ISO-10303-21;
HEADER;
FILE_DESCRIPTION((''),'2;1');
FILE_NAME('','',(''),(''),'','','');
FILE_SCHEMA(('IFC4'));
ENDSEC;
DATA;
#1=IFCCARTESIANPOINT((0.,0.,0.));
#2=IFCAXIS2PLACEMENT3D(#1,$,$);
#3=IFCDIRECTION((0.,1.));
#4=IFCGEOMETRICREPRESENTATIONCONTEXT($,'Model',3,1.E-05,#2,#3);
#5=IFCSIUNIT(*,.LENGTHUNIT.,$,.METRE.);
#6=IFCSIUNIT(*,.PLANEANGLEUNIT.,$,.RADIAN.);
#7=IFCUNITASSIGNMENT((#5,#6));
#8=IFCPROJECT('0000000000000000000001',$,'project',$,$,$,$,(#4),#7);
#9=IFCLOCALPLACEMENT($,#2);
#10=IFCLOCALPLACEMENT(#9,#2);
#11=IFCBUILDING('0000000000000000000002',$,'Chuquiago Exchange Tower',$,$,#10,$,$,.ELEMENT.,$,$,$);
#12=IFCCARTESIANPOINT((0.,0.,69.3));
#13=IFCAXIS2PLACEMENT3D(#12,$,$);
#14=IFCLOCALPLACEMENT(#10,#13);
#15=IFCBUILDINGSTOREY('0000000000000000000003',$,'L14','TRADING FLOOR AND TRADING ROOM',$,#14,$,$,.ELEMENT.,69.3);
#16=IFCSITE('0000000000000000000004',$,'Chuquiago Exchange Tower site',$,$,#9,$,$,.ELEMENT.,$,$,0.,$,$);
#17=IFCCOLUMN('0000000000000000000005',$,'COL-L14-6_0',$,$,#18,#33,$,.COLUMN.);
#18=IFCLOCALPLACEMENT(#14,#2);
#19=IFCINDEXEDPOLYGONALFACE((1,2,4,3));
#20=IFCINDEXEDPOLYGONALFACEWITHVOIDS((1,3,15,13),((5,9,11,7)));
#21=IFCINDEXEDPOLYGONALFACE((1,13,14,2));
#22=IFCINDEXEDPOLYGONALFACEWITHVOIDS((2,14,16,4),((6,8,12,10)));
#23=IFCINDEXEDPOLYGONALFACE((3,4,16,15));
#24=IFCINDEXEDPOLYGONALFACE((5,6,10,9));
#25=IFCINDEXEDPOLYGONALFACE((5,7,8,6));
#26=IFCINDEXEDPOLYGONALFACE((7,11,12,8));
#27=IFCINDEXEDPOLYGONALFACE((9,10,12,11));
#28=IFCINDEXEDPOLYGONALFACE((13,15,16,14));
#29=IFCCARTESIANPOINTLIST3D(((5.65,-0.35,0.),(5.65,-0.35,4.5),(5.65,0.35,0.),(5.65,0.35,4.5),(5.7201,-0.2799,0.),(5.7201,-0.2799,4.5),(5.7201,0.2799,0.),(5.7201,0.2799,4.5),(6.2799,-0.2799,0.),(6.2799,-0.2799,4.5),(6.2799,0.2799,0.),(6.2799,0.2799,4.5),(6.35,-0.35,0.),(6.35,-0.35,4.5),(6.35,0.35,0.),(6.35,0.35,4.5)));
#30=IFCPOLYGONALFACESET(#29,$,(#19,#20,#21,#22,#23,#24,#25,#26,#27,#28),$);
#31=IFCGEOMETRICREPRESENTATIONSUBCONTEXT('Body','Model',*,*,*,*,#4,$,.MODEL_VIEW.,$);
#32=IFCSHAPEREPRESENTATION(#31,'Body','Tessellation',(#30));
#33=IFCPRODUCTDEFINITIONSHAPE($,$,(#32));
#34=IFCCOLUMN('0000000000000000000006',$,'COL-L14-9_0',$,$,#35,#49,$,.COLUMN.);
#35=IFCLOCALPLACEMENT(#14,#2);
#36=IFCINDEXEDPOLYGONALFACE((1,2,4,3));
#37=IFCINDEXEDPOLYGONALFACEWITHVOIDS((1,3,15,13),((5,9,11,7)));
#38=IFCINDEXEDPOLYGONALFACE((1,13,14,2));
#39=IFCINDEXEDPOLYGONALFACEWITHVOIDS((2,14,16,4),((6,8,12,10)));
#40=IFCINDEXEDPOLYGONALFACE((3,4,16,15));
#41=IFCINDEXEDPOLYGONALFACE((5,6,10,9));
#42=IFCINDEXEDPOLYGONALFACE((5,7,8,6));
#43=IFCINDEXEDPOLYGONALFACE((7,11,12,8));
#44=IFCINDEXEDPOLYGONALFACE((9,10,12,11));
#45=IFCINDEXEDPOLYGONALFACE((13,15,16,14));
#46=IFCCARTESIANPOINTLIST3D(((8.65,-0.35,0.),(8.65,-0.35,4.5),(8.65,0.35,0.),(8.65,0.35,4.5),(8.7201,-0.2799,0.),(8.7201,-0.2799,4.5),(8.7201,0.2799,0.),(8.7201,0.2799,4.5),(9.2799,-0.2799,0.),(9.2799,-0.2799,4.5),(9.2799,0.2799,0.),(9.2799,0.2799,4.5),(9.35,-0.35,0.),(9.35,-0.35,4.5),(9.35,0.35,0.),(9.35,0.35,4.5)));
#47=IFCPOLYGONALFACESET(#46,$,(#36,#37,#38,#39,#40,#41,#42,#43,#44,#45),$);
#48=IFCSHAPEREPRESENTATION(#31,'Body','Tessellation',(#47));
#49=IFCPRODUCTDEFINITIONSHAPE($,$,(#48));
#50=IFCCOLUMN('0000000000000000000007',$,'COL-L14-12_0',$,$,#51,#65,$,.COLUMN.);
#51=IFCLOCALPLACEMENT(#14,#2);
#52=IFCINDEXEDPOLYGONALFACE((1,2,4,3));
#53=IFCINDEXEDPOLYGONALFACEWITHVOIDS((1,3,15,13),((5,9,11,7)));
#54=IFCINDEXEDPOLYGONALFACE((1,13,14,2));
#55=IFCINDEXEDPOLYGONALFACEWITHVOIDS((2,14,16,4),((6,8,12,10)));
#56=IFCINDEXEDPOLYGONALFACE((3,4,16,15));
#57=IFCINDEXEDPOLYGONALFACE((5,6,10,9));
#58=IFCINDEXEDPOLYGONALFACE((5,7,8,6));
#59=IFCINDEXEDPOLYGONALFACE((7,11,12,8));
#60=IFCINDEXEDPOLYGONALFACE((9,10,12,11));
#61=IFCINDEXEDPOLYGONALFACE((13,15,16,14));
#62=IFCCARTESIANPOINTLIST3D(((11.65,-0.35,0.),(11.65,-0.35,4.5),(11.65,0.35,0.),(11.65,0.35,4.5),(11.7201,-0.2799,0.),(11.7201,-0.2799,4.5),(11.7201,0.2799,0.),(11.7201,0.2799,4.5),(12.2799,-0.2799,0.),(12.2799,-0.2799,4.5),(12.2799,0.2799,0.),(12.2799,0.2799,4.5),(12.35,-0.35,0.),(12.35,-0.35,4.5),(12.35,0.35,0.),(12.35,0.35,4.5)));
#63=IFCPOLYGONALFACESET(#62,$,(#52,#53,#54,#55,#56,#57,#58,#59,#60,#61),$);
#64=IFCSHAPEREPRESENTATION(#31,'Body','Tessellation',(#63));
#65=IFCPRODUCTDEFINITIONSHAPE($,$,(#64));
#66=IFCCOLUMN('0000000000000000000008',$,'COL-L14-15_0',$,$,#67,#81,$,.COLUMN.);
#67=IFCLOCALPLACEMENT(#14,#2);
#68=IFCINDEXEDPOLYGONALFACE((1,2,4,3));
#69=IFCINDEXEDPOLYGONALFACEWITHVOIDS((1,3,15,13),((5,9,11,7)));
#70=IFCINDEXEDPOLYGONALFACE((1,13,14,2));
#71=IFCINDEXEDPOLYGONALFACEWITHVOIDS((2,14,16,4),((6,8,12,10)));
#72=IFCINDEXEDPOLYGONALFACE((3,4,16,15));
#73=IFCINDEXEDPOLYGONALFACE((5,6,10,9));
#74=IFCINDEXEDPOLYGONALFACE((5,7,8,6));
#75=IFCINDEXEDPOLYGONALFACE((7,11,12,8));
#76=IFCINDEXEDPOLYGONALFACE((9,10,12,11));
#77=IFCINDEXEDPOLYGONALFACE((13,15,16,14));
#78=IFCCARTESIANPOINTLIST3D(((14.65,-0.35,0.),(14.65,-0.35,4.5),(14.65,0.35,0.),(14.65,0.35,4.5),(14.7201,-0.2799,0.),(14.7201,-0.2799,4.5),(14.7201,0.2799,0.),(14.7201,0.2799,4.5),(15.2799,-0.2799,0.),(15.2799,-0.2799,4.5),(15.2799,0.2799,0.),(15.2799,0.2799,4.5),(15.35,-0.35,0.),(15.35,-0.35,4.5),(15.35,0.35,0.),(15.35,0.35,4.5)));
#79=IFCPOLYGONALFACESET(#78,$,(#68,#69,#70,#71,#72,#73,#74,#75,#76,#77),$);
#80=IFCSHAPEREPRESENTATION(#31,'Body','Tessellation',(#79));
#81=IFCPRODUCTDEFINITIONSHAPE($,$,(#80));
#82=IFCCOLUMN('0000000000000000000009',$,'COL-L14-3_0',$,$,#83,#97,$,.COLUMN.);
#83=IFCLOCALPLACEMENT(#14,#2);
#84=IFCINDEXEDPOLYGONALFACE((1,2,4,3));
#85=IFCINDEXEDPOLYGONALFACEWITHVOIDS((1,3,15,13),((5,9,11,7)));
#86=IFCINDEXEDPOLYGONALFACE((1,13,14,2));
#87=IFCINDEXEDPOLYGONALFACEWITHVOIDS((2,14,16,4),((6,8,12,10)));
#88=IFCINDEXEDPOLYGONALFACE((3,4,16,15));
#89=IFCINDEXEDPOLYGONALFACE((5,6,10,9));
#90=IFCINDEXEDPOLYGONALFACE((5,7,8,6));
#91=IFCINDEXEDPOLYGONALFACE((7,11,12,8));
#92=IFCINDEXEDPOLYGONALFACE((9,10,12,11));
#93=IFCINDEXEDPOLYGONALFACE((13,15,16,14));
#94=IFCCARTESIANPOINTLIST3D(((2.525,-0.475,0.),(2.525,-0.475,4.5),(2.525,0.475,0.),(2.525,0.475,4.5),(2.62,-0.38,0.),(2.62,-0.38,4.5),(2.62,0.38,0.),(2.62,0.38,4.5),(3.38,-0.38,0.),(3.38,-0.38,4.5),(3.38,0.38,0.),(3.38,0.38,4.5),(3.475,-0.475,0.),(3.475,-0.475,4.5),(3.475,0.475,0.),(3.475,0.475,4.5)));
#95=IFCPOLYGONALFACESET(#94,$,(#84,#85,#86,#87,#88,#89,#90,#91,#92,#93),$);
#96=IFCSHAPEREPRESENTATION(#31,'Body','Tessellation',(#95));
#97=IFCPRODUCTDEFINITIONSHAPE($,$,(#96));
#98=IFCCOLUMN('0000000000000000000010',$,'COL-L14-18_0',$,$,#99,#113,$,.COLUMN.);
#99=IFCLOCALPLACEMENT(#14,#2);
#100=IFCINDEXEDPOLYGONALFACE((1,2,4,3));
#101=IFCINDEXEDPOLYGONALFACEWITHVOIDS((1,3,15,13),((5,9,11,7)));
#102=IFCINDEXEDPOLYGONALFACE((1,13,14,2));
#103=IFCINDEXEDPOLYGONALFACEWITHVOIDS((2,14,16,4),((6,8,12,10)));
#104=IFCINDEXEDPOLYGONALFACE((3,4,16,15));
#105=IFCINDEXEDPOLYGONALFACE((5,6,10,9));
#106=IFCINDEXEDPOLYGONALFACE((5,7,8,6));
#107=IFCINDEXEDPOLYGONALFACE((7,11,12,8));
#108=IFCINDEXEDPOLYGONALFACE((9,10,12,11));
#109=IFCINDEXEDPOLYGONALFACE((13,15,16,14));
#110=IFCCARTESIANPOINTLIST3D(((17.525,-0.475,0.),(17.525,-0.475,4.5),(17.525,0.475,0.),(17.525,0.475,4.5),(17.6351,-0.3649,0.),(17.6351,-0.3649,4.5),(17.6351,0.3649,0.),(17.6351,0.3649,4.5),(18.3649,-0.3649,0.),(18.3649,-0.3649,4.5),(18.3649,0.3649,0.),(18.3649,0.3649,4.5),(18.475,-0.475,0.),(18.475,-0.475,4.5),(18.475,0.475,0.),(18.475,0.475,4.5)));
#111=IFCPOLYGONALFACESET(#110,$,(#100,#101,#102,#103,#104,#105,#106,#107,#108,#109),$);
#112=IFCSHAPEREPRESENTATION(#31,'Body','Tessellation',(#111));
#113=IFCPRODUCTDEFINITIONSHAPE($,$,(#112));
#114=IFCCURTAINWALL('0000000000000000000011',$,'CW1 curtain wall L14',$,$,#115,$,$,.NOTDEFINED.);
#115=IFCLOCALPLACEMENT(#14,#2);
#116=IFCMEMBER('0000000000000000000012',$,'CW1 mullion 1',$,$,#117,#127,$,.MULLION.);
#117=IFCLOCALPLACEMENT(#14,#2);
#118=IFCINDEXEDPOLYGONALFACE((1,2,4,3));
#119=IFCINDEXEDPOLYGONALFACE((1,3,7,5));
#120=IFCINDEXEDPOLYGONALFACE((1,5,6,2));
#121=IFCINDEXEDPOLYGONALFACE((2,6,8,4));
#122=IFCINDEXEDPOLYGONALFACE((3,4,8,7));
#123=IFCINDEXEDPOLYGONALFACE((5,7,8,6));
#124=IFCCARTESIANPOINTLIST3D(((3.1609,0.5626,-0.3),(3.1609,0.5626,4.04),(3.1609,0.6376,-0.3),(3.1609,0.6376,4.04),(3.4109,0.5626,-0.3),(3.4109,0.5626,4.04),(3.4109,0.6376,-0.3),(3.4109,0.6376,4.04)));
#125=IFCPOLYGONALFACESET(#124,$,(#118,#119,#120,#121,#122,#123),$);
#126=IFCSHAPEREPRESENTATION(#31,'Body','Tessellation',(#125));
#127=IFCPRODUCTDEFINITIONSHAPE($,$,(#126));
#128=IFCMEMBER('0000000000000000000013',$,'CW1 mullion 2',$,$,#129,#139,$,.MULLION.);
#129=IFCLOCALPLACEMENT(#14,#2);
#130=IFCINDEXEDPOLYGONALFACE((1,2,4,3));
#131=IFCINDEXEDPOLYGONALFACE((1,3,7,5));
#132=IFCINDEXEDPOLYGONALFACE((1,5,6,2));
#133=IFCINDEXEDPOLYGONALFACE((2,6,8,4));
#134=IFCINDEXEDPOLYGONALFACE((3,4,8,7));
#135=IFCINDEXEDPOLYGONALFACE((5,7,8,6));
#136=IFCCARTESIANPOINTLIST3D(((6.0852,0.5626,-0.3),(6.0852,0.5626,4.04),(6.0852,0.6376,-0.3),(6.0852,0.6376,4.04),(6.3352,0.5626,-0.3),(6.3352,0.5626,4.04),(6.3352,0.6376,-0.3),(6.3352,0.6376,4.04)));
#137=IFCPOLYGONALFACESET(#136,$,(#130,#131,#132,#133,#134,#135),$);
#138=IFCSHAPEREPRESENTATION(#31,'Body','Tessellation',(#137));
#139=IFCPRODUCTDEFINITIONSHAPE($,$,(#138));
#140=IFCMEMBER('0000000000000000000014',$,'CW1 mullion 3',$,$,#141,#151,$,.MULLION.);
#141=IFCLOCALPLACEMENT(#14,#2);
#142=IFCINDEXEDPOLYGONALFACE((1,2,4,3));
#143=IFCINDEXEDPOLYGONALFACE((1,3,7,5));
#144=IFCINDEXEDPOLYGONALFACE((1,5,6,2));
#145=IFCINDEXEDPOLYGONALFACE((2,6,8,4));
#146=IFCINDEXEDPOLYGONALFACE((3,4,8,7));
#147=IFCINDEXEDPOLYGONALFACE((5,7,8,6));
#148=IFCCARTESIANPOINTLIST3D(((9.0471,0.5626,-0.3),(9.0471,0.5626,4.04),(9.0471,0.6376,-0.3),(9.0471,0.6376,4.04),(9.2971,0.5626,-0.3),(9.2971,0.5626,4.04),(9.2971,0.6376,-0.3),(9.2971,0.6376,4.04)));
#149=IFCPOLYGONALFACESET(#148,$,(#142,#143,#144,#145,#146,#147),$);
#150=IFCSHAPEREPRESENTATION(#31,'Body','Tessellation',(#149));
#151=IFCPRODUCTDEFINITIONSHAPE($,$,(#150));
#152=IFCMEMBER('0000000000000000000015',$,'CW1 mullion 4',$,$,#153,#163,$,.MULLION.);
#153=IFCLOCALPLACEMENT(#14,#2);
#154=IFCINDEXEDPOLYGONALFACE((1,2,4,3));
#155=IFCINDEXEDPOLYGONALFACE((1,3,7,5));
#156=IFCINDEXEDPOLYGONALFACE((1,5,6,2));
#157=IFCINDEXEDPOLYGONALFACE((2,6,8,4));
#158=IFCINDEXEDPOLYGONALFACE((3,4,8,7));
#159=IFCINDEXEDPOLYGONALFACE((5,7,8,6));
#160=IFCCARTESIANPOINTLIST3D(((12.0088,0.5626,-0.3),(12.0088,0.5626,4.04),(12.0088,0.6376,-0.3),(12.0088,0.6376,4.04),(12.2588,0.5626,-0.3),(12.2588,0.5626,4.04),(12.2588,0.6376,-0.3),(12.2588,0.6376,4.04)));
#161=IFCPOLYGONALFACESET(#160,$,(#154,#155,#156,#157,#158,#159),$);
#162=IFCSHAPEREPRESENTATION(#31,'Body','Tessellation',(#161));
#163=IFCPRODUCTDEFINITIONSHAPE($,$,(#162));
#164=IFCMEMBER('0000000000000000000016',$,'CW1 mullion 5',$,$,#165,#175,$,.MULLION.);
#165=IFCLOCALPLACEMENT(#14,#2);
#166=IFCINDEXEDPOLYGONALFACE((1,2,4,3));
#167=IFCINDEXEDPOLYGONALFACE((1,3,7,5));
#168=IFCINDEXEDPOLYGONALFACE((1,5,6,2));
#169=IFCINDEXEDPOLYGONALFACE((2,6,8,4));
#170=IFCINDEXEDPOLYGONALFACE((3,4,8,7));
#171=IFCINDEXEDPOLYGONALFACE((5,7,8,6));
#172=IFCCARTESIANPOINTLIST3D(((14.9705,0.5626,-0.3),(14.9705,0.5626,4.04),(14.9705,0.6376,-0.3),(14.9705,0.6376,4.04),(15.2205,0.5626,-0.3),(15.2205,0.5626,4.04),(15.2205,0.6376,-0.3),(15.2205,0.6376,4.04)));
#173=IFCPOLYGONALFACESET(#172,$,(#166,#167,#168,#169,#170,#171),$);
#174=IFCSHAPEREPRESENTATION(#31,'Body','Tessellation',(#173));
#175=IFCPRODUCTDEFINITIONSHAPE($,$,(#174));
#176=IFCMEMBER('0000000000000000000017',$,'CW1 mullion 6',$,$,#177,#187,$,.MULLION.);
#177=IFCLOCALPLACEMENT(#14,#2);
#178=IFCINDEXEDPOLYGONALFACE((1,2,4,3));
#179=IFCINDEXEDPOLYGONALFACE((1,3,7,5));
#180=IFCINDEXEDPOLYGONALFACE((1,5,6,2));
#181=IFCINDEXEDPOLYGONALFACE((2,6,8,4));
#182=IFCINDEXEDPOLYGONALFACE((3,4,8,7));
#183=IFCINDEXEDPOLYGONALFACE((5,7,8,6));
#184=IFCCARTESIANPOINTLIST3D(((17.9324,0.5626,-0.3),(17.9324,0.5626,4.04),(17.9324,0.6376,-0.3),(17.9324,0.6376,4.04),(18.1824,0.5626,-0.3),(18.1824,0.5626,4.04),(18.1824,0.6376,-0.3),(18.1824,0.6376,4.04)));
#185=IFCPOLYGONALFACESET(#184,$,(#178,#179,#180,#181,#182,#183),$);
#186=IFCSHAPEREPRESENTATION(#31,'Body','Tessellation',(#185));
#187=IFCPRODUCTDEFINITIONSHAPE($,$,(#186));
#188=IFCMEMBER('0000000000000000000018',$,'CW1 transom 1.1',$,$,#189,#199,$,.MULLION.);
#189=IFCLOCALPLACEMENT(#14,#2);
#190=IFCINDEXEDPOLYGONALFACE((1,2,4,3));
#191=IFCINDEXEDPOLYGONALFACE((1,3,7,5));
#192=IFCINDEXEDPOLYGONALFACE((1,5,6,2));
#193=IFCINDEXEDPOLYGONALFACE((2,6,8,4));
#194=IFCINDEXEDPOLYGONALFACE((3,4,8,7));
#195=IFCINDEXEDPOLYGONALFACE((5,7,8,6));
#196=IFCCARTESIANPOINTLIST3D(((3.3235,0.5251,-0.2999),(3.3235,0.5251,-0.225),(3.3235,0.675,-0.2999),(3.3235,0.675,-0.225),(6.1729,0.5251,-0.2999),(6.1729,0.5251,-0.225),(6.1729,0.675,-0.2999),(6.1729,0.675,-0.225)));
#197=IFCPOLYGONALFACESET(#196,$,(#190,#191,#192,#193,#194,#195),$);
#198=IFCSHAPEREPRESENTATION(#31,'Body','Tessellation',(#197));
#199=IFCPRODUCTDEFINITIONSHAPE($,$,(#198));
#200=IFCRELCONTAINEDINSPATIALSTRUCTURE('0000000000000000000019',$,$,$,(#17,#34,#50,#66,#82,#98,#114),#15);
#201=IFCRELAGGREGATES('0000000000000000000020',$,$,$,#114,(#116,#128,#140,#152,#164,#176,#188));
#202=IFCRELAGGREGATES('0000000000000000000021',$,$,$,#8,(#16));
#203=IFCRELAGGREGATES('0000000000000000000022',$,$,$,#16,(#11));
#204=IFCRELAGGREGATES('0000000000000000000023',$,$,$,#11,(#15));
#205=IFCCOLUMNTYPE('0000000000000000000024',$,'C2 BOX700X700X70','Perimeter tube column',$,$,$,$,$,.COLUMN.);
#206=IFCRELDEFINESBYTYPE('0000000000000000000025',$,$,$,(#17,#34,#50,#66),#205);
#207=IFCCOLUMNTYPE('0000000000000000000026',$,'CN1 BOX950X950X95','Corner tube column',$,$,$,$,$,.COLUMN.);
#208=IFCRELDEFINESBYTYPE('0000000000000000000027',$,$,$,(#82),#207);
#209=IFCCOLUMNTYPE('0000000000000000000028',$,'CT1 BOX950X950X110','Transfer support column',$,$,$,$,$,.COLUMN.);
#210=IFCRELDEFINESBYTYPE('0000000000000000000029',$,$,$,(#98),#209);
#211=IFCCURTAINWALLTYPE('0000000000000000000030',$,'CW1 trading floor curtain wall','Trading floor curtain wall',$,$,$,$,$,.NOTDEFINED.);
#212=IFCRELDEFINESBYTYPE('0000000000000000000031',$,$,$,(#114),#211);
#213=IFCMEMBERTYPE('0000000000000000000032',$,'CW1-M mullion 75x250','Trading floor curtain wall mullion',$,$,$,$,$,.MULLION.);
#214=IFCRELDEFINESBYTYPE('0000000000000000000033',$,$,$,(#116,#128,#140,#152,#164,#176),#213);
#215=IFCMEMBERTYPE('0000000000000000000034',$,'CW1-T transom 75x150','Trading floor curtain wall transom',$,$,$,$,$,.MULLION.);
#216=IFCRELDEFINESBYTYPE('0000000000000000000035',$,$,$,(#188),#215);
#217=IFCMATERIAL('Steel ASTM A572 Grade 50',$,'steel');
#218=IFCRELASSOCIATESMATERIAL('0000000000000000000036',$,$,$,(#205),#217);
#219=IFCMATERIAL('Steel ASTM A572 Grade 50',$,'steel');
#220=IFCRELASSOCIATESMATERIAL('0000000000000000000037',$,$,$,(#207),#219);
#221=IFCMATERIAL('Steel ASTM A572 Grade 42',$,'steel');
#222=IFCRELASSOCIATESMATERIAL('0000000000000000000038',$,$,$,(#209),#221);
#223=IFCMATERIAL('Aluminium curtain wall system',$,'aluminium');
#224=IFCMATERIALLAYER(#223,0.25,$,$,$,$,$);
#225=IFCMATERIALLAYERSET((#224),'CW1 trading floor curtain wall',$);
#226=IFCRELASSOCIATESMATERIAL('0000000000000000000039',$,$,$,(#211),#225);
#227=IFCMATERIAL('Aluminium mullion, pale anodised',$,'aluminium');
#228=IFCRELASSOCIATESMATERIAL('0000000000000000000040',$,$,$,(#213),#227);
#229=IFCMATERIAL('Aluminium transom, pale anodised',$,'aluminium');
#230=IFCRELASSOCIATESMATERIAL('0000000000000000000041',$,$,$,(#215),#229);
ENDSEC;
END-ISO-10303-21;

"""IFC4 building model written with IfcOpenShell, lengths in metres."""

from ifc_helpers import new_model, si_unit, direction, frame, origin, origin_2d, place, context, subcontext, project, spatial, rectangle, hollow_rectangle, extrude, material, layer, layer_set, material_profile, profile_set, type_object, element, aggregate, save


model = new_model("IFC4")

# Units and contexts
model_context = context("Model", 3, precision=1e-05, world=origin(), true_north=direction((0.0, 1.0)))
body_context = subcontext(model_context, "Body", "Model", "MODEL_VIEW")
ifc_project = project(units=[si_unit("LENGTHUNIT", "METRE"), si_unit("PLANEANGLEUNIT", "RADIAN")], contexts=[model_context])

# Site, building, storey
site_placement = place(None, origin())
site = spatial("IfcSite", under=ifc_project, at=site_placement, Name="Chuquiago Exchange Tower site", CompositionType="ELEMENT", RefElevation=0.0)
building_placement = place(site_placement, origin())
building = spatial("IfcBuilding", under=site, at=building_placement, Name="Chuquiago Exchange Tower", CompositionType="ELEMENT")
storey_placement = place(building_placement, frame((0.0, 0.0, 69.3)))
storey = spatial("IfcBuildingStorey", under=building, at=storey_placement, Name="L14", Description="TRADING FLOOR AND TRADING ROOM", CompositionType="ELEMENT", Elevation=69.3)

# Columns
ifc_material_1 = material(Name="Steel ASTM A572 Grade 50", Category="steel")
ifc_material_profile_1 = material_profile(ifc_material_1, hollow_rectangle(XDim=0.7, YDim=0.7, WallThickness=0.0701, at=origin_2d()), Name="BOX700X700X70")
ifc_profile_set_1 = profile_set([ifc_material_profile_1], Name="Steel ASTM A572 Grade 50")
column_type_1 = type_object("IfcColumnType", Name="C2 BOX700X700X70", Description="Perimeter tube column", PredefinedType="COLUMN", material=ifc_profile_set_1)
for number, where, z_axis, x_axis, name in (
    (1, (6.0, 0.0, 0.0), (0.0, 0.0, 1.0), (0.0, -1.0, 0.0), "COL-L14-6_0"),
    (2, (9.0, 0.0, 0.0), (0.0, 0.0, 1.0), (0.0, -1.0, 0.0), "COL-L14-9_0"),
    (3, (12.0, 0.0, 0.0), (0.0, 0.0, 1.0), (0.0, -1.0, 0.0), "COL-L14-12_0"),
    (4, (15.0, 0.0, 0.0), (0.0, 0.0, 1.0), (0.0, -1.0, 0.0), "COL-L14-15_0"),
):
    element("IfcColumn", number, at=place(storey_placement, frame(where, z_axis=z_axis, x_axis=x_axis)), inside=storey, type_object=column_type_1, Name=name, PredefinedType="COLUMN", context=body_context, shape_type="SweptSolid", body=[
        extrude(hollow_rectangle(XDim=0.7, YDim=0.7, WallThickness=0.0701, at=origin_2d()), origin(), (0.0, 0.0, 1.0), 4.5),
    ])
ifc_material_2 = material(Name="Steel ASTM A572 Grade 50", Category="steel")
ifc_material_profile_2 = material_profile(ifc_material_2, hollow_rectangle(XDim=0.95, YDim=0.95, WallThickness=0.095, at=origin_2d()), Name="BOX950X950X95")
ifc_profile_set_2 = profile_set([ifc_material_profile_2], Name="Steel ASTM A572 Grade 50")
column_type_2 = type_object("IfcColumnType", Name="CN1 BOX950X950X95", Description="Corner tube column", PredefinedType="COLUMN", material=ifc_profile_set_2)
column_1_placement = place(storey_placement, frame((3.0, 0.0, 0.0), z_axis=(0.0, 0.0, 1.0), x_axis=(0.0, -1.0, 0.0)))
element("IfcColumn", 5, at=column_1_placement, inside=storey, type_object=column_type_2, Name="COL-L14-3_0", PredefinedType="COLUMN", context=body_context, shape_type="SweptSolid", body=[
    extrude(hollow_rectangle(XDim=0.95, YDim=0.95, WallThickness=0.095, at=origin_2d()), origin(), (0.0, 0.0, 1.0), 4.5),
])
ifc_material_3 = material(Name="Steel ASTM A572 Grade 42", Category="steel")
ifc_material_profile_3 = material_profile(ifc_material_3, hollow_rectangle(XDim=0.95, YDim=0.95, WallThickness=0.1101, at=origin_2d()), Name="BOX950X950X110")
ifc_profile_set_3 = profile_set([ifc_material_profile_3], Name="Steel ASTM A572 Grade 42")
column_type_3 = type_object("IfcColumnType", Name="CT1 BOX950X950X110", Description="Transfer support column", PredefinedType="COLUMN", material=ifc_profile_set_3)
column_2_placement = place(storey_placement, frame((18.0, 0.0, 0.0), z_axis=(0.0, 0.0, 1.0), x_axis=(0.0, -1.0, 0.0)))
element("IfcColumn", 6, at=column_2_placement, inside=storey, type_object=column_type_3, Name="COL-L14-18_0", PredefinedType="COLUMN", context=body_context, shape_type="SweptSolid", body=[
    extrude(hollow_rectangle(XDim=0.95, YDim=0.95, WallThickness=0.1101, at=origin_2d()), origin(), (0.0, 0.0, 1.0), 4.5),
])

# Curtain wall, members
ifc_material_4 = material(Name="Aluminium curtain wall system", Category="aluminium")
ifc_layer_1 = layer(ifc_material_4, 0.25)
ifc_layer_set_1 = layer_set([ifc_layer_1], Name="CW1 trading floor curtain wall")
curtain_wall_type_1 = type_object("IfcCurtainWallType", Name="CW1 trading floor curtain wall", Description="Trading floor curtain wall", PredefinedType="NOTDEFINED", material=ifc_layer_set_1)
curtain_wall_1_placement = place(storey_placement, origin())
curtain_wall_1 = element("IfcCurtainWall", 7, at=curtain_wall_1_placement, inside=storey, type_object=curtain_wall_type_1, Name="CW1 curtain wall L14", PredefinedType="NOTDEFINED")
ifc_material_5 = material(Name="Aluminium mullion, pale anodised", Category="aluminium")
ifc_material_profile_4 = material_profile(ifc_material_5, rectangle(XDim=0.075, YDim=0.25, at=origin_2d()), Name="AL 75x250")
ifc_profile_set_4 = profile_set([ifc_material_profile_4], Name="Aluminium mullion, pale anodised")
member_type_1 = type_object("IfcMemberType", Name="CW1-M mullion 75x250", Description="Trading floor curtain wall mullion", PredefinedType="MULLION", material=ifc_profile_set_4)
member_1_placement = place(storey_placement, frame((3.2859, 0.6001, -0.3), z_axis=(0.0, 0.0, 1.0), x_axis=(0.0, 1.0, 0.0)))
member_1 = element("IfcMember", 8, at=member_1_placement, type_object=member_type_1, Name="CW1 mullion 1", PredefinedType="MULLION", context=body_context, shape_type="SweptSolid", body=[
    extrude(rectangle(XDim=0.075, YDim=0.25, at=origin_2d()), origin(), (0.0, 0.0, 1.0), 4.3401),
])
member_2_placement = place(storey_placement, frame((6.2102, 0.6001, -0.3), z_axis=(0.0, 0.0, 1.0), x_axis=(0.0, 1.0, 0.0)))
member_2 = element("IfcMember", 9, at=member_2_placement, type_object=member_type_1, Name="CW1 mullion 2", PredefinedType="MULLION", context=body_context, shape_type="SweptSolid", body=[
    extrude(rectangle(XDim=0.075, YDim=0.25, at=origin_2d()), origin(), (0.0, 0.0, 1.0), 4.3401),
])
member_3_placement = place(storey_placement, frame((9.1721, 0.6001, -0.3), z_axis=(0.0, 0.0, 1.0), x_axis=(0.0, 1.0, 0.0)))
member_3 = element("IfcMember", 10, at=member_3_placement, type_object=member_type_1, Name="CW1 mullion 3", PredefinedType="MULLION", context=body_context, shape_type="SweptSolid", body=[
    extrude(rectangle(XDim=0.075, YDim=0.25, at=origin_2d()), origin(), (0.0, 0.0, 1.0), 4.3401),
])
member_4_placement = place(storey_placement, frame((12.1338, 0.6001, -0.3), z_axis=(0.0, 0.0, 1.0), x_axis=(0.0, 1.0, 0.0)))
member_4 = element("IfcMember", 11, at=member_4_placement, type_object=member_type_1, Name="CW1 mullion 4", PredefinedType="MULLION", context=body_context, shape_type="SweptSolid", body=[
    extrude(rectangle(XDim=0.075, YDim=0.25, at=origin_2d()), origin(), (0.0, 0.0, 1.0), 4.3401),
])
member_5_placement = place(storey_placement, frame((15.0955, 0.6001, -0.3), z_axis=(0.0, 0.0, 1.0), x_axis=(0.0, 1.0, 0.0)))
member_5 = element("IfcMember", 12, at=member_5_placement, type_object=member_type_1, Name="CW1 mullion 5", PredefinedType="MULLION", context=body_context, shape_type="SweptSolid", body=[
    extrude(rectangle(XDim=0.075, YDim=0.25, at=origin_2d()), origin(), (0.0, 0.0, 1.0), 4.3401),
])
member_6_placement = place(storey_placement, frame((18.0574, 0.6001, -0.3), z_axis=(0.0, 0.0, 1.0), x_axis=(0.0, 1.0, 0.0)))
member_6 = element("IfcMember", 13, at=member_6_placement, type_object=member_type_1, Name="CW1 mullion 6", PredefinedType="MULLION", context=body_context, shape_type="SweptSolid", body=[
    extrude(rectangle(XDim=0.075, YDim=0.25, at=origin_2d()), origin(), (0.0, 0.0, 1.0), 4.3401),
])
ifc_material_6 = material(Name="Aluminium transom, pale anodised", Category="aluminium")
ifc_material_profile_5 = material_profile(ifc_material_6, rectangle(XDim=0.1499, YDim=0.075, at=origin_2d()), Name="AL 150x75")
ifc_profile_set_5 = profile_set([ifc_material_profile_5], Name="Aluminium transom, pale anodised")
member_type_2 = type_object("IfcMemberType", Name="CW1-T transom 75x150", Description="Trading floor curtain wall transom", PredefinedType="MULLION", material=ifc_profile_set_5)
member_7_placement = place(storey_placement, frame((3.3235, 0.6001, -0.2625), z_axis=(1.0, 0.0, 0.0), x_axis=(0.0, 1.0, 0.0)))
member_7 = element("IfcMember", 14, at=member_7_placement, type_object=member_type_2, Name="CW1 transom 1.1", PredefinedType="MULLION", context=body_context, shape_type="SweptSolid", body=[
    extrude(rectangle(XDim=0.1499, YDim=0.075, at=origin_2d()), origin(), (0.0, 0.0, 1.0), 2.8494),
])

aggregate(curtain_wall_1, [member_1, member_2, member_3, member_4, member_5, member_6, member_7])

save(model, "model.ifc")
